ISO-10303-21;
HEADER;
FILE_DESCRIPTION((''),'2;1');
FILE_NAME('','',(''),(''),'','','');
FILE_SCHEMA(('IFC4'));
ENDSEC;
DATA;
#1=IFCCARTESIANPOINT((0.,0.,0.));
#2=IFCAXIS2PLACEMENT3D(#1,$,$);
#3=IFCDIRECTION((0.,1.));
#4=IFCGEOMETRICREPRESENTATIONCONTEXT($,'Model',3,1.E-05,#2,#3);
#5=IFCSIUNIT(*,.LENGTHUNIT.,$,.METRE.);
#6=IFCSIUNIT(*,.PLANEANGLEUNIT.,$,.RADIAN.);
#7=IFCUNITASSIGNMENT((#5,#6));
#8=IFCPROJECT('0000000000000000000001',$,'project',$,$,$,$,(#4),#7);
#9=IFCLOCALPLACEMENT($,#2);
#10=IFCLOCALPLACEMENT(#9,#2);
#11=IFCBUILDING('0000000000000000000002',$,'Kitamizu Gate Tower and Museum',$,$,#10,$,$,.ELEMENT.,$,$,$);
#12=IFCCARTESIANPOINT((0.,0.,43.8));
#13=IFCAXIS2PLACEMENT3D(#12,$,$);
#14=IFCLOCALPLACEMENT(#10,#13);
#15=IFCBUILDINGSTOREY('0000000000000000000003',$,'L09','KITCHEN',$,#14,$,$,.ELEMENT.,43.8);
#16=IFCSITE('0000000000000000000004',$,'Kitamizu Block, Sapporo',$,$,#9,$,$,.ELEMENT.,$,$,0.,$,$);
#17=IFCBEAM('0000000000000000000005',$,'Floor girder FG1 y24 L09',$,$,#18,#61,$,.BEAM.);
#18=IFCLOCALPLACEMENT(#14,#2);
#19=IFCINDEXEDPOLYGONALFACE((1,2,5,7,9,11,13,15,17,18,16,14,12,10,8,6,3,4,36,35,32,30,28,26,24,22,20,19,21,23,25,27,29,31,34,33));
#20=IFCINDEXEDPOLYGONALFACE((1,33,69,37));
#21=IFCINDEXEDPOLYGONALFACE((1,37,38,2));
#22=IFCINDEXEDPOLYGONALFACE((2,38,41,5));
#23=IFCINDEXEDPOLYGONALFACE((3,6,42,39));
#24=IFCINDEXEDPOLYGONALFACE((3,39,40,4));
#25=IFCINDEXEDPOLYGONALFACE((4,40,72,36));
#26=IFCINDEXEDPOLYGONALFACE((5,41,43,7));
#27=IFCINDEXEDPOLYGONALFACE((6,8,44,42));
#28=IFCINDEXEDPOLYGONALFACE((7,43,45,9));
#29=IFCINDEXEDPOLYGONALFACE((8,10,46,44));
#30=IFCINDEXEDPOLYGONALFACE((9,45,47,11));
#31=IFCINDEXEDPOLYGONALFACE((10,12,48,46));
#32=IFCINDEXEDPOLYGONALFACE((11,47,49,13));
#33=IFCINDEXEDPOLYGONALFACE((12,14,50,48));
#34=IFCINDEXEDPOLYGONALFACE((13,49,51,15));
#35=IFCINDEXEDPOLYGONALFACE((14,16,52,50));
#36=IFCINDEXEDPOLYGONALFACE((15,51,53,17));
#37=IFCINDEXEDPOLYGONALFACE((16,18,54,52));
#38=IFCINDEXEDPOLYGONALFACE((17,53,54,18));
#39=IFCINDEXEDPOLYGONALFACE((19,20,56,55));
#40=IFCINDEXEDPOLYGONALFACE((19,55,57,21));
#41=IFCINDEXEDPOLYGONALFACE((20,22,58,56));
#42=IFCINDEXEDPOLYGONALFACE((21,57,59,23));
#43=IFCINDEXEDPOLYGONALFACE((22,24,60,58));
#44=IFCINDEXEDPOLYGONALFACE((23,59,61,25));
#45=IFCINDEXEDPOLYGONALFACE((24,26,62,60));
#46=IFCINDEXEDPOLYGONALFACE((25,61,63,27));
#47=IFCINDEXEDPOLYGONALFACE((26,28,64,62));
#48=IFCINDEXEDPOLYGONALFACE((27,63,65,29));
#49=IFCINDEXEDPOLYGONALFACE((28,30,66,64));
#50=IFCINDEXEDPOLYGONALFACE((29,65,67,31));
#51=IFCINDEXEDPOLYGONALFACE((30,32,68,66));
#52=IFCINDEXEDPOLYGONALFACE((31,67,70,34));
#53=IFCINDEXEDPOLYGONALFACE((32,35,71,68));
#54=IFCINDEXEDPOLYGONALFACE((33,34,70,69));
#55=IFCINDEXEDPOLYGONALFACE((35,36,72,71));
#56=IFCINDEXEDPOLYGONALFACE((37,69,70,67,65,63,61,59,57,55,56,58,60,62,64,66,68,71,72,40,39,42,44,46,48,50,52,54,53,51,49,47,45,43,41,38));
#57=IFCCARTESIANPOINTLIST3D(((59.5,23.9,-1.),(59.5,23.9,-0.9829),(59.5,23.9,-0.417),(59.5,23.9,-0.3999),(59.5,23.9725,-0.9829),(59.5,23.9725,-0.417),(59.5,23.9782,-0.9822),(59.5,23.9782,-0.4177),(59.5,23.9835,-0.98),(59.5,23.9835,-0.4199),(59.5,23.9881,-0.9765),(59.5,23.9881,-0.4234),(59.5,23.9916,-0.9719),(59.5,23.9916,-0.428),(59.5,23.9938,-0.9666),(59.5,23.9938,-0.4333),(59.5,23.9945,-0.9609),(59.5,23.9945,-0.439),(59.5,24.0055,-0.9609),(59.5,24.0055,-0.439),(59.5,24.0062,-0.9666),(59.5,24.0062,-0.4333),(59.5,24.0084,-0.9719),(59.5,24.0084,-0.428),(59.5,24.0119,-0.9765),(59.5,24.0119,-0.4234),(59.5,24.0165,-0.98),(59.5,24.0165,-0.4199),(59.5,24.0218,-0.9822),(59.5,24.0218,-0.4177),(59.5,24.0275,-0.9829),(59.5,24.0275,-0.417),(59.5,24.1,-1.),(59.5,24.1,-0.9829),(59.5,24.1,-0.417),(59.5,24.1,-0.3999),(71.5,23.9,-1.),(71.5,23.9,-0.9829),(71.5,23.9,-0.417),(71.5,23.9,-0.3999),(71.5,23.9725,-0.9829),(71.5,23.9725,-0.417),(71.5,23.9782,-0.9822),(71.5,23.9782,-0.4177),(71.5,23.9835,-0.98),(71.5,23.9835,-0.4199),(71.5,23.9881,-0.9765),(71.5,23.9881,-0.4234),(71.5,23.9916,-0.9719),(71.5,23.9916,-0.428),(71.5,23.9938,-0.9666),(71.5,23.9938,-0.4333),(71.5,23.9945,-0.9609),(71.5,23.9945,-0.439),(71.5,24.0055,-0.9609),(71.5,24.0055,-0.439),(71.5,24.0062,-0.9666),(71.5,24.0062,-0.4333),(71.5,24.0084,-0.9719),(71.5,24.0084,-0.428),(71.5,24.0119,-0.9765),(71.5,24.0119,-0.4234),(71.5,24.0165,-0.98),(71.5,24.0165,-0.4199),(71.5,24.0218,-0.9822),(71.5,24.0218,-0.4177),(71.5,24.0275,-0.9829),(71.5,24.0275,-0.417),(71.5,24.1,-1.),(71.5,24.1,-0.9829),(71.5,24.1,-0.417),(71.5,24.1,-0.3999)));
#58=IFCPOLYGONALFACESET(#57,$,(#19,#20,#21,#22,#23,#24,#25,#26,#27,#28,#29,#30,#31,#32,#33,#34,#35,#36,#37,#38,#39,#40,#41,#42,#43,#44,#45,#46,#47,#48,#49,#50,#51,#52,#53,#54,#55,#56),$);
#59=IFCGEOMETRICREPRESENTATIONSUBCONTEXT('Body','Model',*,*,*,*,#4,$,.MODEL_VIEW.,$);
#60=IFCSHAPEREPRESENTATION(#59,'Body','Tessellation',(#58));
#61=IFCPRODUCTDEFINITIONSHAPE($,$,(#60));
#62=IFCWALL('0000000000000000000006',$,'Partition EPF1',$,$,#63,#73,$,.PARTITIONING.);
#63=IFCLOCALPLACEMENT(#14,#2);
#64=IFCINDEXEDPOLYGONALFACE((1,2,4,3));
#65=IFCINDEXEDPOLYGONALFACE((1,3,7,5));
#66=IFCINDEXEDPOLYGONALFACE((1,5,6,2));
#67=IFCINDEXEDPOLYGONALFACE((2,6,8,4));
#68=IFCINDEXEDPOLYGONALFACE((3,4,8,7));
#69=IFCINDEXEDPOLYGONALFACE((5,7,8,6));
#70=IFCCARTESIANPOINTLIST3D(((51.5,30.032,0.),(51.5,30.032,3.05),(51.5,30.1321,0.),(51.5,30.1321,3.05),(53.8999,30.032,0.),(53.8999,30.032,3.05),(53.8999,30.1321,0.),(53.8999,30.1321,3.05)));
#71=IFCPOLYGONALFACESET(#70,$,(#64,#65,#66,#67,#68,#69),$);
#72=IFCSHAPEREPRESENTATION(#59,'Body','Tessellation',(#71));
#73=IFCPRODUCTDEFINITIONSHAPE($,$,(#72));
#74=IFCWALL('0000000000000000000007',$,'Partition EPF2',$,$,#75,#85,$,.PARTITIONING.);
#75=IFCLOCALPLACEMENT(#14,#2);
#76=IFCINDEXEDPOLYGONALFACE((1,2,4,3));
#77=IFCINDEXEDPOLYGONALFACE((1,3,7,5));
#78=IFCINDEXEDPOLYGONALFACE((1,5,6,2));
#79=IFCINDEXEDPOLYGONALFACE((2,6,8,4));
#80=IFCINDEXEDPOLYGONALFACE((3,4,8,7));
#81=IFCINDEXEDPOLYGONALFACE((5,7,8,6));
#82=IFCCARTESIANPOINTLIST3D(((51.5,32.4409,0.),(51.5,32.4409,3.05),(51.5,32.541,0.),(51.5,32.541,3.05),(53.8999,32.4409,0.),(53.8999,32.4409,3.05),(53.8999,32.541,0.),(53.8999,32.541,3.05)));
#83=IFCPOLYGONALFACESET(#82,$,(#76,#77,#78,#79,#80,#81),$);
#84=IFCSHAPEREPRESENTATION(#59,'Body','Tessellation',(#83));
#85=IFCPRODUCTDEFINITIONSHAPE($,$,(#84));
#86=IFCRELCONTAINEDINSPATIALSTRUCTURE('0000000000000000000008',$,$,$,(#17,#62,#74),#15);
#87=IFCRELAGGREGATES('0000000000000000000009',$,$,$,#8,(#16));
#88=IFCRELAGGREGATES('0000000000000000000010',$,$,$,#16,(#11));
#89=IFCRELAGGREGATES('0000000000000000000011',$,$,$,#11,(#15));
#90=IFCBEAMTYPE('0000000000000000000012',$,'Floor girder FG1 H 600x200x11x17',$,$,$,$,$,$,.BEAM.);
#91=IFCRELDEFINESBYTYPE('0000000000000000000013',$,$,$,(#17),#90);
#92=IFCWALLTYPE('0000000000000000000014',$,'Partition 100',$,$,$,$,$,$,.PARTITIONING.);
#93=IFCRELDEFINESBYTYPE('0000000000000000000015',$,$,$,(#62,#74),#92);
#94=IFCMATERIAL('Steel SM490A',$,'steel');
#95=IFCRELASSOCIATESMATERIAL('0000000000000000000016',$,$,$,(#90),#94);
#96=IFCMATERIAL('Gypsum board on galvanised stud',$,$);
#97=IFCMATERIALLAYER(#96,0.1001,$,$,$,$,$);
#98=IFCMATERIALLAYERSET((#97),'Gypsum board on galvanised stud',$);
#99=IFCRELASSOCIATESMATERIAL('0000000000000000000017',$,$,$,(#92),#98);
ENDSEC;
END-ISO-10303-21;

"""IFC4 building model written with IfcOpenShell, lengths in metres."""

from ifc_helpers import new_model, si_unit, direction, frame, frame_2d, origin, origin_2d, place, context, subcontext, project, spatial, rectangle, i_section, extrude, material, layer, layer_set, material_profile, profile_set, type_object, element, save


model = new_model("IFC4")

# Units and contexts
model_context = context("Model", 3, precision=1e-05, world=origin(), true_north=direction((0.0, 1.0)))
body_context = subcontext(model_context, "Body", "Model", "MODEL_VIEW")
ifc_project = project(units=[si_unit("LENGTHUNIT", "METRE"), si_unit("PLANEANGLEUNIT", "RADIAN")], contexts=[model_context])

# Site, building, storey
site_placement = place(None, origin())
site = spatial("IfcSite", under=ifc_project, at=site_placement, Name="Kitamizu Block, Sapporo", CompositionType="ELEMENT", RefElevation=0.0)
building_placement = place(site_placement, origin())
building = spatial("IfcBuilding", under=site, at=building_placement, Name="Kitamizu Gate Tower and Museum", CompositionType="ELEMENT")
storey_placement = place(building_placement, frame((0.0, 0.0, 43.8)))
storey = spatial("IfcBuildingStorey", under=building, at=storey_placement, Name="L09", Description="KITCHEN", CompositionType="ELEMENT", Elevation=43.8)

# Beam
ifc_material_1 = material(Name="Steel SM490A", Category="steel")
ifc_material_profile = material_profile(ifc_material_1, i_section(OverallWidth=0.2, OverallDepth=0.6001, WebThickness=0.011, FlangeThickness=0.0171, FilletRadius=0.022, at=origin_2d()), Name="H-600x200x11x17")
ifc_profile_set = profile_set([ifc_material_profile], Name="Steel SM490A")
beam_type = type_object("IfcBeamType", Name="Floor girder FG1 H 600x200x11x17", PredefinedType="BEAM", material=ifc_profile_set)
beam_placement = place(storey_placement, frame((59.5, 24.0, -0.7), z_axis=(1.0, 0.0, 0.0), x_axis=(0.0, 1.0, 0.0)))
element("IfcBeam", 1, at=beam_placement, inside=storey, type_object=beam_type, Name="Floor girder FG1 y24 L09", PredefinedType="BEAM", context=body_context, shape_type="SweptSolid", body=[
    extrude(i_section(OverallWidth=0.2, OverallDepth=0.6001, WebThickness=0.011, FlangeThickness=0.0171, FilletRadius=0.022, at=origin_2d()), origin(), (0.0, 0.0, 1.0), 12.0),
])

# Walls
ifc_material_2 = material(Name="Gypsum board on galvanised stud")
ifc_layer_1 = layer(ifc_material_2, 0.1001)
ifc_layer_set_1 = layer_set([ifc_layer_1], Name="Gypsum board on galvanised stud")
wall_type_1 = type_object("IfcWallType", Name="Partition 100", PredefinedType="PARTITIONING", material=ifc_layer_set_1)
for number, where, z_axis, x_axis, name in (
    (2, (53.8999, 30.082, 0.0), (0.0, 0.0, 1.0), (-1.0, 0.0, 0.0), "Partition EPF1"),
    (3, (53.8999, 32.491, 0.0), (0.0, 0.0, 1.0), (-1.0, 0.0, 0.0), "Partition EPF2"),
):
    element("IfcWall", number, at=place(storey_placement, frame(where, z_axis=z_axis, x_axis=x_axis)), inside=storey, type_object=wall_type_1, Name=name, PredefinedType="PARTITIONING", context=body_context, shape_type="SweptSolid", body=[
        extrude(rectangle(XDim=2.3999, YDim=0.1001, at=frame_2d((1.2, 0.0))), origin(), (0.0, 0.0, 1.0), 3.05),
    ])

save(model, "model.ifc")
